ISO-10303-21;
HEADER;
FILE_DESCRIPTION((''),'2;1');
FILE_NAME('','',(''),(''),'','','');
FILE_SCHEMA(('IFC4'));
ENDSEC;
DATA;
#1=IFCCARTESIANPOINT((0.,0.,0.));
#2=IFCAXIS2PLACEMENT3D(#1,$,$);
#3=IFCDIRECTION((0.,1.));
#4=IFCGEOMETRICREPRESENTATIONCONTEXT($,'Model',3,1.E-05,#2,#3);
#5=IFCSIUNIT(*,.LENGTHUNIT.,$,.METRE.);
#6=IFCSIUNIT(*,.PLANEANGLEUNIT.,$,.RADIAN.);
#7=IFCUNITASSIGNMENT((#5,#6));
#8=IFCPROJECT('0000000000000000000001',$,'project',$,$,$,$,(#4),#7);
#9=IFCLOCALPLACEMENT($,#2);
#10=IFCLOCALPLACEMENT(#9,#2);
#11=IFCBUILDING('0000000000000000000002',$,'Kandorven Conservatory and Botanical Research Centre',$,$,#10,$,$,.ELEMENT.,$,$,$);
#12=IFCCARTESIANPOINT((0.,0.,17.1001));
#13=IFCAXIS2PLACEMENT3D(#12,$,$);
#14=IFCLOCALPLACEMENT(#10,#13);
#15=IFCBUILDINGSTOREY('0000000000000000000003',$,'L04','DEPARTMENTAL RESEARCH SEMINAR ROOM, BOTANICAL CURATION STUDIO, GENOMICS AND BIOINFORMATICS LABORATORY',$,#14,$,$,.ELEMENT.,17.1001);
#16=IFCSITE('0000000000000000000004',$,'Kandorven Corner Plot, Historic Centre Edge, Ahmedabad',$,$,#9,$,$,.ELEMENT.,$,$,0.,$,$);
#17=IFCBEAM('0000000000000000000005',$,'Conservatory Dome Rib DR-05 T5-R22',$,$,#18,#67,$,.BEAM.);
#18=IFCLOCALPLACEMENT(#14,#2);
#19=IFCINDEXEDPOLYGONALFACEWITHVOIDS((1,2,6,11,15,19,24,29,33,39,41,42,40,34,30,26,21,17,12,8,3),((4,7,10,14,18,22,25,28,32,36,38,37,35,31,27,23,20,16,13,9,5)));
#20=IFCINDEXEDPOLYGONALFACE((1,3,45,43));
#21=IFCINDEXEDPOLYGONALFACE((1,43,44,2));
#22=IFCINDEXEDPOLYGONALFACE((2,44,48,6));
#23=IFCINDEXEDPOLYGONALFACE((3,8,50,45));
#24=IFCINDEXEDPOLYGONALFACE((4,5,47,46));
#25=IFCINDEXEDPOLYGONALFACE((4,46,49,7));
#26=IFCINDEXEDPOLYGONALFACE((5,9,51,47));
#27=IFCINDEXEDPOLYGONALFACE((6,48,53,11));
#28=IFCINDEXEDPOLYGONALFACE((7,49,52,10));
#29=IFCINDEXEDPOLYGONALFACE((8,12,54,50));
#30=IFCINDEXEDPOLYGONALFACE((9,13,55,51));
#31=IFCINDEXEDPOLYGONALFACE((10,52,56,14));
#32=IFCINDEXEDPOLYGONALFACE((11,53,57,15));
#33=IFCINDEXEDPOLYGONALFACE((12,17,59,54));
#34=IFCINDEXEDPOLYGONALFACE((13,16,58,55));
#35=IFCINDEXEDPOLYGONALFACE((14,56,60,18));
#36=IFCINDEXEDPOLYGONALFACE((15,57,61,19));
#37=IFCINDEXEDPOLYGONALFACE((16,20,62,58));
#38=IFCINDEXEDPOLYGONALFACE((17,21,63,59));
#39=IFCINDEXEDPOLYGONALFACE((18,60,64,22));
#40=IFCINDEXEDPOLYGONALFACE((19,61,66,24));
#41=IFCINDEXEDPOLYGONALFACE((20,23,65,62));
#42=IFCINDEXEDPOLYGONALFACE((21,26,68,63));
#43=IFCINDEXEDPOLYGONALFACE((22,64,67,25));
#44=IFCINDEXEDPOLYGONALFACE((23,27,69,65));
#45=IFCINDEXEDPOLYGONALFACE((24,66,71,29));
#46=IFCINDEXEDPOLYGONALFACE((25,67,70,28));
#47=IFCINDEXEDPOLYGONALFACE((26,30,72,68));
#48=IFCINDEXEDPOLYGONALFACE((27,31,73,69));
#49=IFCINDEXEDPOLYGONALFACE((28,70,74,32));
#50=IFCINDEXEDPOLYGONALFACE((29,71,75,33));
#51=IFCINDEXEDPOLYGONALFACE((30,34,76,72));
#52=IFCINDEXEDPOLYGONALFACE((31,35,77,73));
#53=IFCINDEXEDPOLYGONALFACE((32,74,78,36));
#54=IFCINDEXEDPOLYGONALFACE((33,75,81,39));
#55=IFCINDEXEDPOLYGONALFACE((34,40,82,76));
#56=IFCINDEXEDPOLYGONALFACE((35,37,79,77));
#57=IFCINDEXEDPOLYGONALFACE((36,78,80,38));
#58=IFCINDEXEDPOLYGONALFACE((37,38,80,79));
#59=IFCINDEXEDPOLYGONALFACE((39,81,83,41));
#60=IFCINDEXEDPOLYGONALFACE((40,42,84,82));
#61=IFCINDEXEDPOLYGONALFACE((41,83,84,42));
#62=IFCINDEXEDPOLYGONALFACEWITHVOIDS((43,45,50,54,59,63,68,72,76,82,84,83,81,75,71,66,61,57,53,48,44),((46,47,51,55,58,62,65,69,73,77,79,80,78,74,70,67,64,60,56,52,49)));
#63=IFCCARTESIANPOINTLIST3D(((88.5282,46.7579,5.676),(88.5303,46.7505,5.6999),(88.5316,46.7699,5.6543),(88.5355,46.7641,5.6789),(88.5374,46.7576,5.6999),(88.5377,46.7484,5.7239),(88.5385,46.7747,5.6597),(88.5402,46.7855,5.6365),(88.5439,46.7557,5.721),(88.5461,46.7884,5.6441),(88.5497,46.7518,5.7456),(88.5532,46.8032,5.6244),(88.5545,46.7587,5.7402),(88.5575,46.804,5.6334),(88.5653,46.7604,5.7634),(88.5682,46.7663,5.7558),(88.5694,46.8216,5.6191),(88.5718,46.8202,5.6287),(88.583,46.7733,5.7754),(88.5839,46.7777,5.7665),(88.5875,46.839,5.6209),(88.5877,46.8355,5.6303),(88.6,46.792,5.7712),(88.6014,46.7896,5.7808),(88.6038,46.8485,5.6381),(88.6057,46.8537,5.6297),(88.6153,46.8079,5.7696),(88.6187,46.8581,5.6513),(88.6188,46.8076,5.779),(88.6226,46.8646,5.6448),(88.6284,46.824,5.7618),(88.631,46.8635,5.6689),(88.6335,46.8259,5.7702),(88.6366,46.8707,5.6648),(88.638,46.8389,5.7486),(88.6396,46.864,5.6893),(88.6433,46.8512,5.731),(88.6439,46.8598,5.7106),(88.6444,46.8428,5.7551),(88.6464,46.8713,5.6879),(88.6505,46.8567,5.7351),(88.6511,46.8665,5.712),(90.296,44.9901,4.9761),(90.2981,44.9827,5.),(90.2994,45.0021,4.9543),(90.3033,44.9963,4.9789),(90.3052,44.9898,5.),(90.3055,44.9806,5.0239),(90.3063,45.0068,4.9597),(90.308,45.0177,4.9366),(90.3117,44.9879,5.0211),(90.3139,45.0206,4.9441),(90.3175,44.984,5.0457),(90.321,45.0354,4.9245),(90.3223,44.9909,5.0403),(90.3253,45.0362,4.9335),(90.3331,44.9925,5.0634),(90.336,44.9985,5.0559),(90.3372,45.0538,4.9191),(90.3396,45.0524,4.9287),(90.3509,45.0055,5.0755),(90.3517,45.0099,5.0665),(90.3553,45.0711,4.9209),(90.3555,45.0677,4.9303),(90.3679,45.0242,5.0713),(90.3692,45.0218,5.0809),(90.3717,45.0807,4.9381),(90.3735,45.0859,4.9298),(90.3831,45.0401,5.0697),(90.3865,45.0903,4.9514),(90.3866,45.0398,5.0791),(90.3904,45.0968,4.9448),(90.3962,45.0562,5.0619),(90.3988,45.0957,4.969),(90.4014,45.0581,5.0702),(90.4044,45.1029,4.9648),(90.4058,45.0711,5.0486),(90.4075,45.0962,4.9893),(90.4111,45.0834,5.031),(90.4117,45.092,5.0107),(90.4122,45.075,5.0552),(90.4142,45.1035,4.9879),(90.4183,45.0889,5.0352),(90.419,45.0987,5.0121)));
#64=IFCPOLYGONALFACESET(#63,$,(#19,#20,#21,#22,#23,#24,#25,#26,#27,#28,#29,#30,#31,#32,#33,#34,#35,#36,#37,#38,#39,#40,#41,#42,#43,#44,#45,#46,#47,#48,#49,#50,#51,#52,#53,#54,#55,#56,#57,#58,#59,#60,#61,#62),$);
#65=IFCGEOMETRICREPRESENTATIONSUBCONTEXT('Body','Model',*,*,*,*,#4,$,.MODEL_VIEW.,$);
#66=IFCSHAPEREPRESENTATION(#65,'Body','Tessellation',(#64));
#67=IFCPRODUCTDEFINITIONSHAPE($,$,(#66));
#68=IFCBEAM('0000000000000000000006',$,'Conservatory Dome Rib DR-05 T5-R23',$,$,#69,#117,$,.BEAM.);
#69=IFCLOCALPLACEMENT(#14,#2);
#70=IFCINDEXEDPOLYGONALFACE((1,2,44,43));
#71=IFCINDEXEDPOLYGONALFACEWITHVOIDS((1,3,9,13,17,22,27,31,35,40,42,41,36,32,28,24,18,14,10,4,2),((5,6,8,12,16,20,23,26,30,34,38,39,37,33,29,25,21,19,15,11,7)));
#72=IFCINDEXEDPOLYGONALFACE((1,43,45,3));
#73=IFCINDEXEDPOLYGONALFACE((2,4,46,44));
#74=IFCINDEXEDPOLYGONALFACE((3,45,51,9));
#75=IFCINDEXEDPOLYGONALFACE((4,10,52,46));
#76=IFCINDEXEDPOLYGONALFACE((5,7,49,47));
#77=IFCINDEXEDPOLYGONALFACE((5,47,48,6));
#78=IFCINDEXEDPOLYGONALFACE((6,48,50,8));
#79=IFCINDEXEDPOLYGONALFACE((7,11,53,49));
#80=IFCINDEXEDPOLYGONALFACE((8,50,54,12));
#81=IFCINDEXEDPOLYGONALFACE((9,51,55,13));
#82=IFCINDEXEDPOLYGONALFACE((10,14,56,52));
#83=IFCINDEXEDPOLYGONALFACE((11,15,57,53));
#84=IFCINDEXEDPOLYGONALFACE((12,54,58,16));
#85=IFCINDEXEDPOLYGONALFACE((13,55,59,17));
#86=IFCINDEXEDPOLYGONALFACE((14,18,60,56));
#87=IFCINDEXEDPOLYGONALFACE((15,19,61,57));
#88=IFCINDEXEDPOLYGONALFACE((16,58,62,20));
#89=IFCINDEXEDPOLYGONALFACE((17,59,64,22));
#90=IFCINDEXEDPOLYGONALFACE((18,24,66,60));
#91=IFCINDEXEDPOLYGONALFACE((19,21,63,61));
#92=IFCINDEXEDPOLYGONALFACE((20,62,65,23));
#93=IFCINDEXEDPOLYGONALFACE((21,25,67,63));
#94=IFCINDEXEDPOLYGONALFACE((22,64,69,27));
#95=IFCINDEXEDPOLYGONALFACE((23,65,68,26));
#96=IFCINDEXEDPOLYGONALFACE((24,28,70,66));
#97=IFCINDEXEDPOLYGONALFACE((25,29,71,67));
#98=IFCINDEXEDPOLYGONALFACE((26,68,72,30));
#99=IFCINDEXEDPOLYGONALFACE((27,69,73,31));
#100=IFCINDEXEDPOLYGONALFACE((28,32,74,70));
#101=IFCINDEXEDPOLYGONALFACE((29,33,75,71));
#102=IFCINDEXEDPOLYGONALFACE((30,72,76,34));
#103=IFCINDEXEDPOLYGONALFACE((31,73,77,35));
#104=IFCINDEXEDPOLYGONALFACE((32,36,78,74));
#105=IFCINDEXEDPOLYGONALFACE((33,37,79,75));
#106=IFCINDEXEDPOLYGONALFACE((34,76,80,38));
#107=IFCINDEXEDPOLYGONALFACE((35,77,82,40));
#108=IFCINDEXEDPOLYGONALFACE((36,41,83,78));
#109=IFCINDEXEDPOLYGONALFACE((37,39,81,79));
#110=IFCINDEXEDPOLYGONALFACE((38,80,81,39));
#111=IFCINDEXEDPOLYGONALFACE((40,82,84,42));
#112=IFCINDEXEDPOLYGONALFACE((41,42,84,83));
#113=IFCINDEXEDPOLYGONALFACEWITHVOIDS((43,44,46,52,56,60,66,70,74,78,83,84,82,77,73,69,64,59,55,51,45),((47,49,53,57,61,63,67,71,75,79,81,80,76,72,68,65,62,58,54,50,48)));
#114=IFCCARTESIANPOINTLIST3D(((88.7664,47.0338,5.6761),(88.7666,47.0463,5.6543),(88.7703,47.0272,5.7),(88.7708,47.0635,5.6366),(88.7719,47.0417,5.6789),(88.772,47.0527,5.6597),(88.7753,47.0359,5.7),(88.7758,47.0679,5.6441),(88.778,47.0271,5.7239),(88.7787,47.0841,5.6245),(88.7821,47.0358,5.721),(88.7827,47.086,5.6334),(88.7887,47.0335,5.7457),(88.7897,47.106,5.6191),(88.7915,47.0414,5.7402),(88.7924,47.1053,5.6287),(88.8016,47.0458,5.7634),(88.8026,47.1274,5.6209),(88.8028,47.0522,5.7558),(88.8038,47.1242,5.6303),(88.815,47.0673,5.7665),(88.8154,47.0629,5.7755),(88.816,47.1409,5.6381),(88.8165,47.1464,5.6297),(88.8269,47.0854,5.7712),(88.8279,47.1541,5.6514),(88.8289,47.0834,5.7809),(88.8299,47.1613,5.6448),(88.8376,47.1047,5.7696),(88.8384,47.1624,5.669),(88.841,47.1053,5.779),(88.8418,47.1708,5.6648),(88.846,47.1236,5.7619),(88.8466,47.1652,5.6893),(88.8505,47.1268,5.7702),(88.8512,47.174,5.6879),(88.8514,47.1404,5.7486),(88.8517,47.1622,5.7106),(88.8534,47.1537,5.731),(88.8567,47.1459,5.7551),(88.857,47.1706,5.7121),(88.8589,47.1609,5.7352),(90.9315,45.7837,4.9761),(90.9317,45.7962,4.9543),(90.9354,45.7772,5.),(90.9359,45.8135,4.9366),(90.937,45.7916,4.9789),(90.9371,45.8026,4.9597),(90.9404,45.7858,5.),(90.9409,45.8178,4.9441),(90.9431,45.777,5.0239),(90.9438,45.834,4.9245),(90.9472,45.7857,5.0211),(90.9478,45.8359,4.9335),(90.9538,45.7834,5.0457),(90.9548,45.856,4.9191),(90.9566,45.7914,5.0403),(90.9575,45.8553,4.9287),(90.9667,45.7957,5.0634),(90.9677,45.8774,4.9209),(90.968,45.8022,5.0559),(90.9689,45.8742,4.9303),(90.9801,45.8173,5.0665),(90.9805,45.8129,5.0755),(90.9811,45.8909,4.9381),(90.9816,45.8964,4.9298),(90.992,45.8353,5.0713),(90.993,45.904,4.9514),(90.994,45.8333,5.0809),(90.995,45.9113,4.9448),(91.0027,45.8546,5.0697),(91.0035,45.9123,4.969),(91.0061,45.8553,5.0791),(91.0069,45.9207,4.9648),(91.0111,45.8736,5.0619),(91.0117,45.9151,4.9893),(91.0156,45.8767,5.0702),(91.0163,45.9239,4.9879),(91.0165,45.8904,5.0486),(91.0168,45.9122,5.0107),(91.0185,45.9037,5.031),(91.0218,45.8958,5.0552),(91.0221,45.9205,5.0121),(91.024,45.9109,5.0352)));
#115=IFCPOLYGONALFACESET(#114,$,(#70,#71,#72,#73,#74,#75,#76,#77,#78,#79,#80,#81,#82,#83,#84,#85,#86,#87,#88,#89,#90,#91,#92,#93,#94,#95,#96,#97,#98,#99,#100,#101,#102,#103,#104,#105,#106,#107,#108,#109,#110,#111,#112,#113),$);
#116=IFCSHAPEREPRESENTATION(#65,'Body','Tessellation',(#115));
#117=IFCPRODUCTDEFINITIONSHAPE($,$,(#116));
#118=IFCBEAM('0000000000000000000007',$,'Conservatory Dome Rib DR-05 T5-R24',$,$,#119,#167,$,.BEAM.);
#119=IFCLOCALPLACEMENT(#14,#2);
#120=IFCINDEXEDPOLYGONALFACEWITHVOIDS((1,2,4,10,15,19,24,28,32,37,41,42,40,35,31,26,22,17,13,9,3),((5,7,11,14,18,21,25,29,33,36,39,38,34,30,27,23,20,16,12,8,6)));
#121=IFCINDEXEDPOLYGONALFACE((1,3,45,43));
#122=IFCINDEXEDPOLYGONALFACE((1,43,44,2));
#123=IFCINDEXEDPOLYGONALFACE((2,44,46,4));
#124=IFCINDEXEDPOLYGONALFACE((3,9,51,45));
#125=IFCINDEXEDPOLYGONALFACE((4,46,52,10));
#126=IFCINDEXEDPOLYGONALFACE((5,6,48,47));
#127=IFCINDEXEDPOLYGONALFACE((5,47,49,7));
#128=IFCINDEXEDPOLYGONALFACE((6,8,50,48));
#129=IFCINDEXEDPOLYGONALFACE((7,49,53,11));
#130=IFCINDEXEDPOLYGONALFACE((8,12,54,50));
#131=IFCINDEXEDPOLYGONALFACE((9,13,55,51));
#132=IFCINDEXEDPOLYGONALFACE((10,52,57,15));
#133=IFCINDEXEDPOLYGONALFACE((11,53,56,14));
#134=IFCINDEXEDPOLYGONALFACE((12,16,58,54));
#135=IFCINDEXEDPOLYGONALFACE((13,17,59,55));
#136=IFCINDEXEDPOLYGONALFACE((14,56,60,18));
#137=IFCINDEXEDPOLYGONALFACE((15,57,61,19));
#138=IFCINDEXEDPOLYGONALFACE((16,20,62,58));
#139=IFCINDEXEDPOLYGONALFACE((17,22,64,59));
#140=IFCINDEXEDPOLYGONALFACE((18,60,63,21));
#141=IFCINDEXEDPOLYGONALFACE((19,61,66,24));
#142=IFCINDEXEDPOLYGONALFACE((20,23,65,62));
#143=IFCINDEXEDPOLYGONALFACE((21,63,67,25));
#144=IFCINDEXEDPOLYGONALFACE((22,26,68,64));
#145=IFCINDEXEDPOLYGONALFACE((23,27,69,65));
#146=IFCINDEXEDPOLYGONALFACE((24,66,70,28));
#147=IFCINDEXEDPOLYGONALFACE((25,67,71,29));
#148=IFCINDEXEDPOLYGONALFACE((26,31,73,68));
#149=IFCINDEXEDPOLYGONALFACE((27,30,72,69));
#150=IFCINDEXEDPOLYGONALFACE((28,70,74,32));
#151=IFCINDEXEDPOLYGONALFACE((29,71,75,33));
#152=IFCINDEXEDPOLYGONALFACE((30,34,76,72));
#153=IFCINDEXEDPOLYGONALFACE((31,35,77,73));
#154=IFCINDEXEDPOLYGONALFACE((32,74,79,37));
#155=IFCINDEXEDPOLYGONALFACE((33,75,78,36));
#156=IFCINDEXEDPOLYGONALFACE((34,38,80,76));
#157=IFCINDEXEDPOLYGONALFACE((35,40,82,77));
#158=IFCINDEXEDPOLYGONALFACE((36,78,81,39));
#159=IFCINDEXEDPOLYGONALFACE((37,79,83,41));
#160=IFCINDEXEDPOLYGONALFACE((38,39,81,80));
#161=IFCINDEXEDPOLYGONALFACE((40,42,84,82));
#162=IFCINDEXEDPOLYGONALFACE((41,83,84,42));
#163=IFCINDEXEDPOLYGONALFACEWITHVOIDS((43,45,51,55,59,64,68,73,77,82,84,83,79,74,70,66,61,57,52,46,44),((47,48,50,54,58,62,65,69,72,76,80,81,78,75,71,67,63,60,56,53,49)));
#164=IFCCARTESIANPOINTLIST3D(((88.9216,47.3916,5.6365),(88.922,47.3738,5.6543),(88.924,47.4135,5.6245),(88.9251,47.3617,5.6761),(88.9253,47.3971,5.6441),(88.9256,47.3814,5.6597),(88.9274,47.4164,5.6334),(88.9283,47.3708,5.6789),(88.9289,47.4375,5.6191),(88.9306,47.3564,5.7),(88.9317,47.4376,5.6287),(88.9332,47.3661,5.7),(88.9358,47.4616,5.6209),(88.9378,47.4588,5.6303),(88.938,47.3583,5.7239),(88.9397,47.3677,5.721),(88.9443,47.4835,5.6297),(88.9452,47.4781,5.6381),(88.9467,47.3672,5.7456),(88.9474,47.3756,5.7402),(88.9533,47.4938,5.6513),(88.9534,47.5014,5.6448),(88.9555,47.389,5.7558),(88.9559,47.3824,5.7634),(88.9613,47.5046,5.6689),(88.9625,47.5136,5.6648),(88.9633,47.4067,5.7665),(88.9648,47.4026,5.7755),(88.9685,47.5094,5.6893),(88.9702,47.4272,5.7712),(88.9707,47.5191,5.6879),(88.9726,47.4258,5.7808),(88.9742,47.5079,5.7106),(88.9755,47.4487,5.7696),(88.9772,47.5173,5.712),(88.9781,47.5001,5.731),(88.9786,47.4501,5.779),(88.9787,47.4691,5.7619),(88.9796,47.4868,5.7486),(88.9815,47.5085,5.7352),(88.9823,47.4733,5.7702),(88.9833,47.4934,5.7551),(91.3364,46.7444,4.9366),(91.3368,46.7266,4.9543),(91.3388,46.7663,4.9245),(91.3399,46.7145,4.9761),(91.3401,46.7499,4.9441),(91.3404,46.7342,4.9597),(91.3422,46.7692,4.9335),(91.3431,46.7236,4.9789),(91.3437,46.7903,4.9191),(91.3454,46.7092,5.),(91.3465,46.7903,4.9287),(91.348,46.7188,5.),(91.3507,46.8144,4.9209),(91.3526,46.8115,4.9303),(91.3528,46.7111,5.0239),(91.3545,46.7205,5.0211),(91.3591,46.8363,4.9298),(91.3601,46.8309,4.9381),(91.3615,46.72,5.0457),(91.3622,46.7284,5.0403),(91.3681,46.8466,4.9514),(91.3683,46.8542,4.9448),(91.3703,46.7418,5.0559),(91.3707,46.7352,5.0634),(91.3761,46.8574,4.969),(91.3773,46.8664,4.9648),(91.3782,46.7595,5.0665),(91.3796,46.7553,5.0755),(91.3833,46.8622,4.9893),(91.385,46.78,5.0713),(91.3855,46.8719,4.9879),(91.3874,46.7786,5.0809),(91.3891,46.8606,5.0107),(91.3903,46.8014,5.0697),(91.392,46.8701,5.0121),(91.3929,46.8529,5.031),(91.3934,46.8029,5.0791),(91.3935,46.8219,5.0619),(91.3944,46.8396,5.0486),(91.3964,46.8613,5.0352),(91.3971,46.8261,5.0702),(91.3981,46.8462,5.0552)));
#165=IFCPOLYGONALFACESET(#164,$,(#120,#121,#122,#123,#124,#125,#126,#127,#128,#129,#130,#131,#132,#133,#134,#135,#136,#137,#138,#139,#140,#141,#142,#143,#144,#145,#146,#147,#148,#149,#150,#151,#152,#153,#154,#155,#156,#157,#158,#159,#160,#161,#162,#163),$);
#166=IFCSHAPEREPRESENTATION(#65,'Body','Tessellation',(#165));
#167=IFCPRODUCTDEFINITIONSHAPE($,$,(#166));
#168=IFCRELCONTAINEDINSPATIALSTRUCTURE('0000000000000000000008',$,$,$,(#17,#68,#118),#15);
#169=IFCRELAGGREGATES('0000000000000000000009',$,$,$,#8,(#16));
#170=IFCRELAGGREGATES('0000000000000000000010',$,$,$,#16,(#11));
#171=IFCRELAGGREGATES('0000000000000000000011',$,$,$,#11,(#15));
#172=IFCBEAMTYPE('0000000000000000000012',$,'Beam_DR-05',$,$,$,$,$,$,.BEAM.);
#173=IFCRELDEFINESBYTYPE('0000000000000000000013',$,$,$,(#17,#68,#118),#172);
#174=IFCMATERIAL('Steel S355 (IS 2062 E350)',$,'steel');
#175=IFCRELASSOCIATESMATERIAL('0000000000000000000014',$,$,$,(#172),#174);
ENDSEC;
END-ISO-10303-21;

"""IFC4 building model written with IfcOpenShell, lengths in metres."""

from ifc_helpers import new_model, si_unit, direction, frame, origin, origin_2d, place, context, subcontext, project, spatial, hollow_circle, extrude, material, material_profile, profile_set, type_object, element, save


model = new_model("IFC4")

# Units and contexts
model_context = context("Model", 3, precision=1e-05, world=origin(), true_north=direction((0.0, 1.0)))
body_context = subcontext(model_context, "Body", "Model", "MODEL_VIEW")
ifc_project = project(units=[si_unit("LENGTHUNIT", "METRE"), si_unit("PLANEANGLEUNIT", "RADIAN")], contexts=[model_context])

# Site, building, storey
site_placement = place(None, origin())
site = spatial("IfcSite", under=ifc_project, at=site_placement, Name="Kandorven Corner Plot, Historic Centre Edge, Ahmedabad", CompositionType="ELEMENT", RefElevation=0.0)
building_placement = place(site_placement, origin())
building = spatial("IfcBuilding", under=site, at=building_placement, Name="Kandorven Conservatory and Botanical Research Centre", CompositionType="ELEMENT")
storey_placement = place(building_placement, frame((0.0, 0.0, 17.1001)))
storey = spatial("IfcBuildingStorey", under=building, at=storey_placement, Name="L04", Description="DEPARTMENTAL RESEARCH SEMINAR ROOM, BOTANICAL CURATION STUDIO, GENOMICS AND BIOINFORMATICS LABORATORY", CompositionType="ELEMENT", Elevation=17.1001)

# Beams
ifc_material_1 = material(Name="Steel S355 (IS 2062 E350)", Category="steel")
ifc_material_profile_1 = material_profile(ifc_material_1, hollow_circle(Radius=0.0842, WallThickness=0.01, at=origin_2d()))
ifc_profile_set_1 = profile_set([ifc_material_profile_1], Name="Steel S355 (IS 2062 E350)")
beam_type_1 = type_object("IfcBeamType", Name="Beam_DR-05", PredefinedType="BEAM", material=ifc_profile_set_1)
for number, where, z_axis, x_axis, name in (
    (1, (90.3577, 45.0422, 5.0), (-0.680923, 0.680923, 0.269605), (-0.707107, -0.707107, 0.0), "Conservatory Dome Rib DR-05 T5-R22"),
    (2, (90.9775, 45.8501, 5.0), (-0.833953, 0.481488, 0.269615), (-0.500004, -0.866023, 0.0), "Conservatory Dome Rib DR-05 T5-R23"),
    (3, (91.3672, 46.7905, 5.0), (-0.93014, 0.249298, 0.26961), (-0.258884, -0.965908, 0.0), "Conservatory Dome Rib DR-05 T5-R24"),
):
    element("IfcBeam", number, at=place(storey_placement, frame(where, z_axis=z_axis, x_axis=x_axis)), inside=storey, type_object=beam_type_1, Name=name, PredefinedType="BEAM", context=body_context, shape_type="SweptSolid", body=[
        extrude(hollow_circle(Radius=0.0842, WallThickness=0.01, at=origin_2d()), origin(), (0.0, 0.0, 1.0), 2.5962),
    ])

save(model, "model.ifc")
